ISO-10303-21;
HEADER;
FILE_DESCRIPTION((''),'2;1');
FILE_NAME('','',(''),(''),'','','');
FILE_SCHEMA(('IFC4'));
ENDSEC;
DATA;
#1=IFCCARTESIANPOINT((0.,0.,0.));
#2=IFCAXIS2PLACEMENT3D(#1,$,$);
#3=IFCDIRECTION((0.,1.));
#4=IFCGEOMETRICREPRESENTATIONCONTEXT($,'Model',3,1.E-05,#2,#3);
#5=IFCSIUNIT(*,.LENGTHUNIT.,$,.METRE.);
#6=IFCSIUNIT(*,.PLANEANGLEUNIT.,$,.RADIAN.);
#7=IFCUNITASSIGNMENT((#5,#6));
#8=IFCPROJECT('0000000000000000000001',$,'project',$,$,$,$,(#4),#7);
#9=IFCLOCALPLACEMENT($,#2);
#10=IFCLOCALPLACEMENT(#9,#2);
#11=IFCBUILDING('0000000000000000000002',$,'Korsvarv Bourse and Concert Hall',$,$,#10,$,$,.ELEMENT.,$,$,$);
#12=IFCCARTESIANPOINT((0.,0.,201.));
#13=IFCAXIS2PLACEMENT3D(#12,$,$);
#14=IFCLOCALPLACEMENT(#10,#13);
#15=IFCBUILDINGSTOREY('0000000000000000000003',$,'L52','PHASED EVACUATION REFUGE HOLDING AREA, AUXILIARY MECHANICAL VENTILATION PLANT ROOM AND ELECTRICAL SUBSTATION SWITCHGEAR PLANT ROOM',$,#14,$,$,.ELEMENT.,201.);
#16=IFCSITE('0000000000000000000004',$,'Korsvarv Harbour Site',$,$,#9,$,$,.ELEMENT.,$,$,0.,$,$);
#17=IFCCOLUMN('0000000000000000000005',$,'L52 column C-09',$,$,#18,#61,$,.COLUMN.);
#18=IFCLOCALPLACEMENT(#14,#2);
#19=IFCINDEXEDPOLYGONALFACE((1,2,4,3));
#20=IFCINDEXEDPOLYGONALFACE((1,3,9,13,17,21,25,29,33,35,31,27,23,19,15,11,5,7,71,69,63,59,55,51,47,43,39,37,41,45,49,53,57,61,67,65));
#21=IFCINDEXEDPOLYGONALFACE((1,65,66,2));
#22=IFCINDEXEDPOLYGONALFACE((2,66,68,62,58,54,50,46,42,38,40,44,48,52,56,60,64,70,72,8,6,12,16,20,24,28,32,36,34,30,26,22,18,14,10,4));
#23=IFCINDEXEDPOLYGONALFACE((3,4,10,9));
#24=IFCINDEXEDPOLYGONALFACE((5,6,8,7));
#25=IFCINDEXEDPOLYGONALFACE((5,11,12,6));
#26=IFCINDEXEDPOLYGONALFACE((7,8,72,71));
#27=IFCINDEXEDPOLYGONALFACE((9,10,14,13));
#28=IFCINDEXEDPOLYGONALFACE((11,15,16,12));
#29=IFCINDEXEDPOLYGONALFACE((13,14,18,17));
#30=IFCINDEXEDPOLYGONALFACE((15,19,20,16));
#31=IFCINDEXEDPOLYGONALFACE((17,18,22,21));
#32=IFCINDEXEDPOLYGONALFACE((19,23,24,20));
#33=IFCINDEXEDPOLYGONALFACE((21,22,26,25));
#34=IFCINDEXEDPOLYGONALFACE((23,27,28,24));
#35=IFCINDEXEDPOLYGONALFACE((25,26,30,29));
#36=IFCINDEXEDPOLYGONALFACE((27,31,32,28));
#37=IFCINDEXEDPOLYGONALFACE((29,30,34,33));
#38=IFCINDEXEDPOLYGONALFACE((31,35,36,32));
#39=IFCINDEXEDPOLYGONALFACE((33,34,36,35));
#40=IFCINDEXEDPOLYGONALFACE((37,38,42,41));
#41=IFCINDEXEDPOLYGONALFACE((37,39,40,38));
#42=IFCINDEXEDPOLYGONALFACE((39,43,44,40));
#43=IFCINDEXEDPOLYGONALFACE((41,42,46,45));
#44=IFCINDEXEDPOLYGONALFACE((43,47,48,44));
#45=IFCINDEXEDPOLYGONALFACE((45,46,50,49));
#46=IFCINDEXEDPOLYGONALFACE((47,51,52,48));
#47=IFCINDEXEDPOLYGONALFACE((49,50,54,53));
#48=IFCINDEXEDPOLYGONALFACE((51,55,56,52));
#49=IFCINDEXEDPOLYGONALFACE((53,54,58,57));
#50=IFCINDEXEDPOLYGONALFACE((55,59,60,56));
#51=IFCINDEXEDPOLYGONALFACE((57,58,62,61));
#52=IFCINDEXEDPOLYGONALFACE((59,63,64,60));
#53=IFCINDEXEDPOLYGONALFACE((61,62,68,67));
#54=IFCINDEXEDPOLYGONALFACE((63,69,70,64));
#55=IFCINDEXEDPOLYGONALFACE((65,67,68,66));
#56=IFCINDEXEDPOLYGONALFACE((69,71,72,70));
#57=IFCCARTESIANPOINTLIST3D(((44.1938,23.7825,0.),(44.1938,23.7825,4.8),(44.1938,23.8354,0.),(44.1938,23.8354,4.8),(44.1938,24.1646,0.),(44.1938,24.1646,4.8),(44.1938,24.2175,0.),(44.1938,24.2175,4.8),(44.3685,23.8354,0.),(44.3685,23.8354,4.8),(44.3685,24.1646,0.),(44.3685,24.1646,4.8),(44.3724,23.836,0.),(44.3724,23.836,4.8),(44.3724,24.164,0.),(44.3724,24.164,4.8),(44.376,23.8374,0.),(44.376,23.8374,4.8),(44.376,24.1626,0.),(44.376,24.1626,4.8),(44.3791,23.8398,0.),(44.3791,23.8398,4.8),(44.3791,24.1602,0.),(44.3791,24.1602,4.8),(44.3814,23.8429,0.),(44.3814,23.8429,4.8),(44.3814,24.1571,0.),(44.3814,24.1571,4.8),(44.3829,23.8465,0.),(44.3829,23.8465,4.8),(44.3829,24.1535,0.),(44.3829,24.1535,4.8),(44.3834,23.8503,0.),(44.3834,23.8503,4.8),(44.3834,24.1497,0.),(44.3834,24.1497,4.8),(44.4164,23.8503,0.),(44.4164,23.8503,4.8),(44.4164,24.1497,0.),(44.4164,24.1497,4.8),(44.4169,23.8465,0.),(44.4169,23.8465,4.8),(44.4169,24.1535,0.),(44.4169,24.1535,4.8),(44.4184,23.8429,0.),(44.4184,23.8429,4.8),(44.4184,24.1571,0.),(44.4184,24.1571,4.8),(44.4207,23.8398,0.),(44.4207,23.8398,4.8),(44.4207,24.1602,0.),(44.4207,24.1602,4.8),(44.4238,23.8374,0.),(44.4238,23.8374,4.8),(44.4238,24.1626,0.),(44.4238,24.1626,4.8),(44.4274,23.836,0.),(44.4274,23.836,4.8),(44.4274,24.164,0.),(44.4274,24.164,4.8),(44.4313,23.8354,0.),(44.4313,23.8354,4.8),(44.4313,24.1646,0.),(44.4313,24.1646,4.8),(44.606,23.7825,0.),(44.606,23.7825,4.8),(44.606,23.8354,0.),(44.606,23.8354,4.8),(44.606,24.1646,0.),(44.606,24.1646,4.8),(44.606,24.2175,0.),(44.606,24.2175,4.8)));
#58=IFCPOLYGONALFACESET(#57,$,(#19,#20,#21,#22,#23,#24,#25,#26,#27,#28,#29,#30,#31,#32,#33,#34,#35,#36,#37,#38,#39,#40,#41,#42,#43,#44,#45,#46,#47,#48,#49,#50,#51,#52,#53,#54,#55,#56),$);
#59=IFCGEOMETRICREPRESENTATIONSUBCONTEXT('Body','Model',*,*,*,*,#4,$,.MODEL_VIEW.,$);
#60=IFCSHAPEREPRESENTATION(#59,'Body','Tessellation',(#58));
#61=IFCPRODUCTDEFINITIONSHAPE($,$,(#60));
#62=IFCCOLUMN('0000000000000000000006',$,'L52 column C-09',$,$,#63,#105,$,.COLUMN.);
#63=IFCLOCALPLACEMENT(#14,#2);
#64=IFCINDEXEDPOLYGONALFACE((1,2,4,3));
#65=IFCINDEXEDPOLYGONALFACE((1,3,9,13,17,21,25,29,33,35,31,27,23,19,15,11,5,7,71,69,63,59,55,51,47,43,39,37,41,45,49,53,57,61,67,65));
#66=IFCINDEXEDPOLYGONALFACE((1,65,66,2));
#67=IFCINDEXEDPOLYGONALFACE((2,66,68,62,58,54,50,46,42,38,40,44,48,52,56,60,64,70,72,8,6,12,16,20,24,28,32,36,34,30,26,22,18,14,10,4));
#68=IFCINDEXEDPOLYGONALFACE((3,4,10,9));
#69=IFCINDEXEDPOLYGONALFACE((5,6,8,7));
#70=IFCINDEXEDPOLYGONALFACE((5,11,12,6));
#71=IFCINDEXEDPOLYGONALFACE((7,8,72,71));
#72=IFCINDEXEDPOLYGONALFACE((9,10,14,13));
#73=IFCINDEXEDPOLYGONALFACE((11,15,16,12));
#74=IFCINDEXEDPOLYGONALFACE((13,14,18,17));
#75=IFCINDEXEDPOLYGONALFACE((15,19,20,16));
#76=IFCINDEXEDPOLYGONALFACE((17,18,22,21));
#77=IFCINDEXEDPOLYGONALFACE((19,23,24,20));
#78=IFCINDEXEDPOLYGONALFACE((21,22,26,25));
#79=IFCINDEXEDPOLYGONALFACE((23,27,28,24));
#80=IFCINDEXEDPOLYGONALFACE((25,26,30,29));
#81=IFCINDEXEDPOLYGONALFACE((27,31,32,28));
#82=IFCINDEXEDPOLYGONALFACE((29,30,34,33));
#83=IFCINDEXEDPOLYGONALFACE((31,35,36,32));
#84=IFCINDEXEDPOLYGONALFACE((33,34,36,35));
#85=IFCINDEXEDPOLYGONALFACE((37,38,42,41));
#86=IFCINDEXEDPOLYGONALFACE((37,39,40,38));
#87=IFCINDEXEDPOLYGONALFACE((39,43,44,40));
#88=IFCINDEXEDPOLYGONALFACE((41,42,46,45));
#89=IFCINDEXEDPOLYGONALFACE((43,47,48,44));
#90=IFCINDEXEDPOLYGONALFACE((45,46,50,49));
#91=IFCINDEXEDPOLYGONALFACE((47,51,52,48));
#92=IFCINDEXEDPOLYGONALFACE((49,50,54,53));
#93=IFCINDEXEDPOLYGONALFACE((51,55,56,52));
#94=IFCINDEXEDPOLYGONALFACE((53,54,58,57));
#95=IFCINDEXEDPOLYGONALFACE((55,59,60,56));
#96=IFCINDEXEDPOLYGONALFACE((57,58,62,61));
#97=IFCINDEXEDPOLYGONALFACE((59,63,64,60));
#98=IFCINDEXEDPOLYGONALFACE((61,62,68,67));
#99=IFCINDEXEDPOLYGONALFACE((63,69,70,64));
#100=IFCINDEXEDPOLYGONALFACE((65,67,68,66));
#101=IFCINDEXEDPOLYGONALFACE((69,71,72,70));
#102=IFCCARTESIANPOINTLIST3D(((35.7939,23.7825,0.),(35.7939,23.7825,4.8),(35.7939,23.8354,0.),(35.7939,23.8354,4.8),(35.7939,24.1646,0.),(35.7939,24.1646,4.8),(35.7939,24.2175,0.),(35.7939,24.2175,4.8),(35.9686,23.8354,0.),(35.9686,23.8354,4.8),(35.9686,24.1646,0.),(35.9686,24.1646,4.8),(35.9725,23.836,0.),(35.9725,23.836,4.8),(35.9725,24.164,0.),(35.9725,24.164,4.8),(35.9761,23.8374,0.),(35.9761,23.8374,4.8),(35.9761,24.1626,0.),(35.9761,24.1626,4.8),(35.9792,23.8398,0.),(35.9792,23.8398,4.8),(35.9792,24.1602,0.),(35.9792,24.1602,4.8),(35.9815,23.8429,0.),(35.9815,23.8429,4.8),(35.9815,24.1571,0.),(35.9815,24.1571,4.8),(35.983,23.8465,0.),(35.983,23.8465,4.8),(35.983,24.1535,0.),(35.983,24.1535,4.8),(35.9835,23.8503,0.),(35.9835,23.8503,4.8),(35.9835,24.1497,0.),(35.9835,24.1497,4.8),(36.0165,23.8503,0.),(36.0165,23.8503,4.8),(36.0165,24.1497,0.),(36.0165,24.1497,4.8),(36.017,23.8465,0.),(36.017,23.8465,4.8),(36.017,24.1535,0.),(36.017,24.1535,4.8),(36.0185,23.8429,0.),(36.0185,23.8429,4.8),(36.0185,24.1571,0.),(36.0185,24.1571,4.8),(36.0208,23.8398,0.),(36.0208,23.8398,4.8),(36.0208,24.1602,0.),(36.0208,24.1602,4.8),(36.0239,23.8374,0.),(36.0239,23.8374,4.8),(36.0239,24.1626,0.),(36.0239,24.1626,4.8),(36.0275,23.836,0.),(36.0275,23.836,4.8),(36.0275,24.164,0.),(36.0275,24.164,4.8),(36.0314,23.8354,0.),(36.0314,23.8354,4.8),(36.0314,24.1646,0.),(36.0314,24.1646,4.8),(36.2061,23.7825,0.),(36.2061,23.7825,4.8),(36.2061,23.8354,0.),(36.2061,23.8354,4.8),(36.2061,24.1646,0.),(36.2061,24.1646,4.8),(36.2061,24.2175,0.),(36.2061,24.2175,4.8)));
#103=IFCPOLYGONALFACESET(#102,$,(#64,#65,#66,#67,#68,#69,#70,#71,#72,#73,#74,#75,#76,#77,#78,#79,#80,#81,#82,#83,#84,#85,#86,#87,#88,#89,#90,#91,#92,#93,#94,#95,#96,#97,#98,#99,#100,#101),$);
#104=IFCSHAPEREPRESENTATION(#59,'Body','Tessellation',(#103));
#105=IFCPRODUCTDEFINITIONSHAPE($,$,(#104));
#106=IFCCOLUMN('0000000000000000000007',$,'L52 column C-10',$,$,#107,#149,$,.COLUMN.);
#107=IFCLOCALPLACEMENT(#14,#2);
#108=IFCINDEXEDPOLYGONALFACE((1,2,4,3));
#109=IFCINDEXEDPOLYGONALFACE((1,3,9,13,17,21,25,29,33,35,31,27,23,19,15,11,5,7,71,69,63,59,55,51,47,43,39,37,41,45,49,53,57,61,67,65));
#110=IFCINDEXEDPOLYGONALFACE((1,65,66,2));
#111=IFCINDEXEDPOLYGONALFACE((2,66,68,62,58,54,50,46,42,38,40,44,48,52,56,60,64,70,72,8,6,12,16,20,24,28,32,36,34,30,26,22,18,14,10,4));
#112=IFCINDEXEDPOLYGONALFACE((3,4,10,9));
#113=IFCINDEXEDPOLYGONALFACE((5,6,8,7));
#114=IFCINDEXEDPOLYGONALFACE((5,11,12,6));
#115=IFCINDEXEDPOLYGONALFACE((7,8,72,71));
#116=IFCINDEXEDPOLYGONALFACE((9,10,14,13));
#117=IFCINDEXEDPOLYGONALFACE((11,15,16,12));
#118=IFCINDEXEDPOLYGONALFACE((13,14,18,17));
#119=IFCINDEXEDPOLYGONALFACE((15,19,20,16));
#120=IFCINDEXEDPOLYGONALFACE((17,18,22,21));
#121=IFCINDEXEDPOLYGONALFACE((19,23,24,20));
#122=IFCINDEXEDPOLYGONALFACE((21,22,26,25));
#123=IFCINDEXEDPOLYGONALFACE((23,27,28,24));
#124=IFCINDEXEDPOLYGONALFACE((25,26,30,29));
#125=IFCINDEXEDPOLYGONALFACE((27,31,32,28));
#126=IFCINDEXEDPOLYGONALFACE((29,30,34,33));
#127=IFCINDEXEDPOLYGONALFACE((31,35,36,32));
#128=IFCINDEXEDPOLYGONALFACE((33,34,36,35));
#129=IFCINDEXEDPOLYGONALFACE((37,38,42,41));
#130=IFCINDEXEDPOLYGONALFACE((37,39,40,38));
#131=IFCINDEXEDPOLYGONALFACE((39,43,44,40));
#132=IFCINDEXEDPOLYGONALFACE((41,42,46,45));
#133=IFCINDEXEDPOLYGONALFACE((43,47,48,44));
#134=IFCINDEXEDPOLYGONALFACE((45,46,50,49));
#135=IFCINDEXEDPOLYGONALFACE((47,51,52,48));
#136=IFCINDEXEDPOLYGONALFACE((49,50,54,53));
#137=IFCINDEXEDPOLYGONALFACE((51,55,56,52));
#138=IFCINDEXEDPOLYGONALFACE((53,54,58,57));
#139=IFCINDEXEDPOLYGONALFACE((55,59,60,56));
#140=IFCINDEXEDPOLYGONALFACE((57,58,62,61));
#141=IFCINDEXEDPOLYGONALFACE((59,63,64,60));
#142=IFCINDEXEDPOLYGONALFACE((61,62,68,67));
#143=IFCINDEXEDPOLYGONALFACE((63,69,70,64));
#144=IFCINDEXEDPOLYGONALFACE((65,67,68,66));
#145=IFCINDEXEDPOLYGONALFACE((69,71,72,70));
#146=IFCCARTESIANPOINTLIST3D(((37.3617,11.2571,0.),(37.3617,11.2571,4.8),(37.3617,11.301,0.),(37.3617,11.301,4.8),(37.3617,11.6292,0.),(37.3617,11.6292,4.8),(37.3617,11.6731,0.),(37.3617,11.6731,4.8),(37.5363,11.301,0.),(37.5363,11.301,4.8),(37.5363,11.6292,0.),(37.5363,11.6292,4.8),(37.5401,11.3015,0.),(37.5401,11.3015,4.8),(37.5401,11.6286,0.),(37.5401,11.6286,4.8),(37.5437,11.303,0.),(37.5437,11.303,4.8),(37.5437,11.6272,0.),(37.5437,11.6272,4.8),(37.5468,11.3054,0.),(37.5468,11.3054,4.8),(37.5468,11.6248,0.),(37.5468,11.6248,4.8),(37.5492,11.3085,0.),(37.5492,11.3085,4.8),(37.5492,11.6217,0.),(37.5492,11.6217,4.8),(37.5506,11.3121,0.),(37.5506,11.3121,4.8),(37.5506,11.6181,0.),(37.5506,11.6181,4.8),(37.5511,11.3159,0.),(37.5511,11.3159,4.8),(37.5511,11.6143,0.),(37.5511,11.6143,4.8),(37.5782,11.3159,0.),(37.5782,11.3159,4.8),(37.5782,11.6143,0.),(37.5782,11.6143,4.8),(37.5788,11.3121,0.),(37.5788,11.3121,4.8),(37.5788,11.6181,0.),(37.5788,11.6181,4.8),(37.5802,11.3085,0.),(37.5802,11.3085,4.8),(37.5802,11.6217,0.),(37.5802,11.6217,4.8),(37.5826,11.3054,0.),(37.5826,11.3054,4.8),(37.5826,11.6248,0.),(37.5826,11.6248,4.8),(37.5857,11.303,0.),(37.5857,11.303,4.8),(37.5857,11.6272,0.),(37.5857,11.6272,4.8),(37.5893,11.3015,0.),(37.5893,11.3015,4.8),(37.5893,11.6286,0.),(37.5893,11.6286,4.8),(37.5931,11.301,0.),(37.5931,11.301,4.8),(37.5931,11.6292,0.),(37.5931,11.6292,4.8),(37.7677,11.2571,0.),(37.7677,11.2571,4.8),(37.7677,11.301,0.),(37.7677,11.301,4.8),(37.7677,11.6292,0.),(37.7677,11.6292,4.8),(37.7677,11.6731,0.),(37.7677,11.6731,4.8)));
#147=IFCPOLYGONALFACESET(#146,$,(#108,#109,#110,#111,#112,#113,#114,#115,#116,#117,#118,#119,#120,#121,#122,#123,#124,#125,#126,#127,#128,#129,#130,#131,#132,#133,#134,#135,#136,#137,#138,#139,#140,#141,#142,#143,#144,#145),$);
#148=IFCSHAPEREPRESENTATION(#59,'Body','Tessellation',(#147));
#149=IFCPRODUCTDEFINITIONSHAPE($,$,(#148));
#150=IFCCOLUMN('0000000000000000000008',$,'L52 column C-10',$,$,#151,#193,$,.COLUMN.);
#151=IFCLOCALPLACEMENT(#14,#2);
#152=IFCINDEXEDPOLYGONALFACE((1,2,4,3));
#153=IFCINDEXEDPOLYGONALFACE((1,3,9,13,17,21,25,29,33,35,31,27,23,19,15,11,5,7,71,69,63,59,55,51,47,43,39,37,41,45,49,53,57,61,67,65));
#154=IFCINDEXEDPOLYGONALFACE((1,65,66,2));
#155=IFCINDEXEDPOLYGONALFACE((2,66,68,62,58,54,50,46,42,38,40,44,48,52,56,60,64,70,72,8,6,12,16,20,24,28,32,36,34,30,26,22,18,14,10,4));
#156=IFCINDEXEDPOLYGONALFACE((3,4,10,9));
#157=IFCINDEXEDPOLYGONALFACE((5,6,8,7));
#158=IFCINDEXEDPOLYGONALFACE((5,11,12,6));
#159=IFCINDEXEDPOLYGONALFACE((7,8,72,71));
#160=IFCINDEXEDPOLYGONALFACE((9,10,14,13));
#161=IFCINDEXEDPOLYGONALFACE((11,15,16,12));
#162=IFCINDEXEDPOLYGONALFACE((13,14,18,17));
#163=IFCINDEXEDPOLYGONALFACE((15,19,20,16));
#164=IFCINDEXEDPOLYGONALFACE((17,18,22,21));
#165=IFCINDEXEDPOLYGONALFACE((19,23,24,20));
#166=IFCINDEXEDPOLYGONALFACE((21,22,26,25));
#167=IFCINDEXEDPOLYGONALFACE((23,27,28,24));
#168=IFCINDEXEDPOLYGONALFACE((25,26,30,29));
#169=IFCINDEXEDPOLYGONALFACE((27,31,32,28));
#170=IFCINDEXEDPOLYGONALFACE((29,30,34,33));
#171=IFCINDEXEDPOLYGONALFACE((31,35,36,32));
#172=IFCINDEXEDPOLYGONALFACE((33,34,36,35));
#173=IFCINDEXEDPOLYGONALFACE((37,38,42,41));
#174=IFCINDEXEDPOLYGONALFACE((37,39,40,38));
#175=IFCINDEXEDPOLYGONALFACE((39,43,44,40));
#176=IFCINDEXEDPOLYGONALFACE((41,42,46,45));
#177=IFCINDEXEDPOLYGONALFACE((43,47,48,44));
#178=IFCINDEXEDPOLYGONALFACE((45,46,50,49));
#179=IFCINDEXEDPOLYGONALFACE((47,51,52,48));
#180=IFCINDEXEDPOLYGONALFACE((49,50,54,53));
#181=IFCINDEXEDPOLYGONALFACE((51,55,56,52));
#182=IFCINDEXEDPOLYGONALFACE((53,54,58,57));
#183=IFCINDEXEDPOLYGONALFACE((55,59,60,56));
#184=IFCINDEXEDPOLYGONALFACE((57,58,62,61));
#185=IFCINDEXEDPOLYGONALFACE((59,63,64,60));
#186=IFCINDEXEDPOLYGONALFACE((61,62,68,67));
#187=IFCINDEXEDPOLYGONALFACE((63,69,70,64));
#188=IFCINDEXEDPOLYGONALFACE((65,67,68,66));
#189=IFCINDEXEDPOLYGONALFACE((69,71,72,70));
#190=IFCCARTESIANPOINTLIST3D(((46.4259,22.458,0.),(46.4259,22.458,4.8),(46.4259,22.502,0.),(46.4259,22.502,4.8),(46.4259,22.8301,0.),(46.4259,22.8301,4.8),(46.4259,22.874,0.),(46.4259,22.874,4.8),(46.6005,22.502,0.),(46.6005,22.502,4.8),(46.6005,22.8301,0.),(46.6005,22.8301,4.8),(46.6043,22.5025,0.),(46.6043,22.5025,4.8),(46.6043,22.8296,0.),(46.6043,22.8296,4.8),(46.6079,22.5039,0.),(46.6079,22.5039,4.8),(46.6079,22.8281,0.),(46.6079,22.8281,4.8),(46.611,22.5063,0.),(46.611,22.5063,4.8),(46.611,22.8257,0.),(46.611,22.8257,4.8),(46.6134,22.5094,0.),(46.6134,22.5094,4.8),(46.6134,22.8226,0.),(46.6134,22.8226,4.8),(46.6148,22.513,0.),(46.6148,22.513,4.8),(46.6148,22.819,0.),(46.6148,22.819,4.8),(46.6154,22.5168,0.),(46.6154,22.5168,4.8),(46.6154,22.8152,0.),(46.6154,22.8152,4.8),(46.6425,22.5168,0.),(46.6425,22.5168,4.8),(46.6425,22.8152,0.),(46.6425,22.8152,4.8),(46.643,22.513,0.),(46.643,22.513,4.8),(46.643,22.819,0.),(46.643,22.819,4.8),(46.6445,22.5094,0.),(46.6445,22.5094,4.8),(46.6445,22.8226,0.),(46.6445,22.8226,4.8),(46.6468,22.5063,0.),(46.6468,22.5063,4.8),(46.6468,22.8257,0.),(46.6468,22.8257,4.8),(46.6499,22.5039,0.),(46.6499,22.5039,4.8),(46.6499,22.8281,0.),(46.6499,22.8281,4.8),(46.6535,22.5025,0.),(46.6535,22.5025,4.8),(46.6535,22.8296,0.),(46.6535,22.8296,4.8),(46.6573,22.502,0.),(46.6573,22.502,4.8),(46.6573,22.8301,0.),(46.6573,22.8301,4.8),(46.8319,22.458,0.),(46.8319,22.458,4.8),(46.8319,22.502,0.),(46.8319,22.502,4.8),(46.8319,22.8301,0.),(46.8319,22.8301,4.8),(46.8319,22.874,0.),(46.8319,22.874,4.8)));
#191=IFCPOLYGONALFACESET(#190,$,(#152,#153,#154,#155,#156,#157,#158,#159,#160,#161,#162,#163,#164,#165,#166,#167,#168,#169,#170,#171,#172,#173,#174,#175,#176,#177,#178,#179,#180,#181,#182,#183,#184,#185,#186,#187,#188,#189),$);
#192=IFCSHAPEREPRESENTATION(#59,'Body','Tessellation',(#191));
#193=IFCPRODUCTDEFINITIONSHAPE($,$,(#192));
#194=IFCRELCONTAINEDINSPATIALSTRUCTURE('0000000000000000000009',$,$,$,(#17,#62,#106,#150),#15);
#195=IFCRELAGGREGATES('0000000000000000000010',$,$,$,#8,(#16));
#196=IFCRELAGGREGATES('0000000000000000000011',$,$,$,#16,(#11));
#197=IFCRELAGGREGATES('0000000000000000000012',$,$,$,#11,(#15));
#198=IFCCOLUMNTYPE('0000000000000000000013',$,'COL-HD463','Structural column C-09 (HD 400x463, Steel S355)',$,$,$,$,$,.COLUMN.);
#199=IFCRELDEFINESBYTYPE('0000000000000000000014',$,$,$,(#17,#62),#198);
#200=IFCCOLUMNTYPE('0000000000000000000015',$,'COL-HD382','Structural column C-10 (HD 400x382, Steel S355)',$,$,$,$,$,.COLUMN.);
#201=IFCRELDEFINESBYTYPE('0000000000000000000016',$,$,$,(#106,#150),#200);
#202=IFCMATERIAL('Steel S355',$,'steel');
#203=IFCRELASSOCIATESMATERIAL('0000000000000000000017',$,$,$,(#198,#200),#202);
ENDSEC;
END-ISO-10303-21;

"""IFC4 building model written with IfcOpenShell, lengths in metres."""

from ifc_helpers import new_model, si_unit, direction, frame, origin, origin_2d, place, context, subcontext, project, spatial, i_section, extrude, source, transform, mapped, material, material_profile, profile_set, type_object, element, save


model = new_model("IFC4")

# Units and contexts
model_context = context("Model", 3, precision=1e-05, world=origin(), true_north=direction((0.0, 1.0)))
body_context = subcontext(model_context, "Body", "Model", "MODEL_VIEW")
ifc_project = project(units=[si_unit("LENGTHUNIT", "METRE"), si_unit("PLANEANGLEUNIT", "RADIAN")], contexts=[model_context])

# Site, building, storey
site_placement = place(None, origin())
site = spatial("IfcSite", under=ifc_project, at=site_placement, Name="Korsvarv Harbour Site", CompositionType="ELEMENT", RefElevation=0.0)
building_placement = place(site_placement, origin())
building = spatial("IfcBuilding", under=site, at=building_placement, Name="Korsvarv Bourse and Concert Hall", CompositionType="ELEMENT")
storey_placement = place(building_placement, frame((0.0, 0.0, 201.0)))
storey = spatial("IfcBuildingStorey", under=building, at=storey_placement, Name="L52", Description="PHASED EVACUATION REFUGE HOLDING AREA, AUXILIARY MECHANICAL VENTILATION PLANT ROOM AND ELECTRICAL SUBSTATION SWITCHGEAR PLANT ROOM", CompositionType="ELEMENT", Elevation=201.0)

# Columns
ifc_material_1 = material(Name="Steel S355", Category="steel")
ifc_material_profile_1 = material_profile(ifc_material_1, i_section(OverallWidth=0.4121, OverallDepth=0.4351, WebThickness=0.033, FlangeThickness=0.053, FilletRadius=0.0149, at=origin_2d()), Name="HD 400x463")
ifc_profile_set_1 = profile_set([ifc_material_profile_1], Name="Steel S355")
column_type_1 = type_object("IfcColumnType", Name="COL-HD463", Description="Structural column C-09 (HD 400x463, Steel S355)", PredefinedType="COLUMN", material=ifc_profile_set_1)
shared_shape_1 = source(origin(), body_context, "Body", "SweptSolid", [
    extrude(i_section(OverallWidth=0.4121, OverallDepth=0.4351, WebThickness=0.033, FlangeThickness=0.053, FilletRadius=0.0149, at=origin_2d()), origin(), (0.0, 0.0, 1.0), 4.8),
])
for number, where, z_axis, x_axis, name in (
    (1, (44.3999, 24.0, 0.0), (0.0, 0.0, 1.0), (1.0, 0.0, 0.0), "L52 column C-09"),
    (2, (36.0, 24.0, 0.0), (0.0, 0.0, 1.0), (1.0, 0.0, 0.0), "L52 column C-09"),
):
    element("IfcColumn", number, at=place(storey_placement, frame(where, z_axis=z_axis, x_axis=x_axis)), inside=storey, type_object=column_type_1, Name=name, PredefinedType="COLUMN", context=body_context, shape_type="MappedRepresentation", body=[
        mapped(shared_shape_1, transform((0.0, 0.0, 0.0), scale=1.0)),
    ])
ifc_material_profile_2 = material_profile(ifc_material_1, i_section(OverallWidth=0.406, OverallDepth=0.416, WebThickness=0.0271, FlangeThickness=0.0439, FilletRadius=0.0149, at=origin_2d()), Name="HD 400x382")
ifc_profile_set_2 = profile_set([ifc_material_profile_2], Name="Steel S355")
column_type_2 = type_object("IfcColumnType", Name="COL-HD382", Description="Structural column C-10 (HD 400x382, Steel S355)", PredefinedType="COLUMN", material=ifc_profile_set_2)
shared_shape_2 = source(origin(), body_context, "Body", "SweptSolid", [
    extrude(i_section(OverallWidth=0.406, OverallDepth=0.416, WebThickness=0.0271, FlangeThickness=0.0439, FilletRadius=0.0149, at=origin_2d()), origin(), (0.0, 0.0, 1.0), 4.8),
])
for number, where, z_axis, x_axis, name in (
    (3, (37.5647, 11.4651, 0.0), (0.0, 0.0, 1.0), (1.0, 0.0, 0.0), "L52 column C-10"),
    (4, (46.6289, 22.666, 0.0), (0.0, 0.0, 1.0), (1.0, 0.0, 0.0), "L52 column C-10"),
):
    element("IfcColumn", number, at=place(storey_placement, frame(where, z_axis=z_axis, x_axis=x_axis)), inside=storey, type_object=column_type_2, Name=name, PredefinedType="COLUMN", context=body_context, shape_type="MappedRepresentation", body=[
        mapped(shared_shape_2, transform((0.0, 0.0, 0.0), scale=1.0)),
    ])

save(model, "model.ifc")
